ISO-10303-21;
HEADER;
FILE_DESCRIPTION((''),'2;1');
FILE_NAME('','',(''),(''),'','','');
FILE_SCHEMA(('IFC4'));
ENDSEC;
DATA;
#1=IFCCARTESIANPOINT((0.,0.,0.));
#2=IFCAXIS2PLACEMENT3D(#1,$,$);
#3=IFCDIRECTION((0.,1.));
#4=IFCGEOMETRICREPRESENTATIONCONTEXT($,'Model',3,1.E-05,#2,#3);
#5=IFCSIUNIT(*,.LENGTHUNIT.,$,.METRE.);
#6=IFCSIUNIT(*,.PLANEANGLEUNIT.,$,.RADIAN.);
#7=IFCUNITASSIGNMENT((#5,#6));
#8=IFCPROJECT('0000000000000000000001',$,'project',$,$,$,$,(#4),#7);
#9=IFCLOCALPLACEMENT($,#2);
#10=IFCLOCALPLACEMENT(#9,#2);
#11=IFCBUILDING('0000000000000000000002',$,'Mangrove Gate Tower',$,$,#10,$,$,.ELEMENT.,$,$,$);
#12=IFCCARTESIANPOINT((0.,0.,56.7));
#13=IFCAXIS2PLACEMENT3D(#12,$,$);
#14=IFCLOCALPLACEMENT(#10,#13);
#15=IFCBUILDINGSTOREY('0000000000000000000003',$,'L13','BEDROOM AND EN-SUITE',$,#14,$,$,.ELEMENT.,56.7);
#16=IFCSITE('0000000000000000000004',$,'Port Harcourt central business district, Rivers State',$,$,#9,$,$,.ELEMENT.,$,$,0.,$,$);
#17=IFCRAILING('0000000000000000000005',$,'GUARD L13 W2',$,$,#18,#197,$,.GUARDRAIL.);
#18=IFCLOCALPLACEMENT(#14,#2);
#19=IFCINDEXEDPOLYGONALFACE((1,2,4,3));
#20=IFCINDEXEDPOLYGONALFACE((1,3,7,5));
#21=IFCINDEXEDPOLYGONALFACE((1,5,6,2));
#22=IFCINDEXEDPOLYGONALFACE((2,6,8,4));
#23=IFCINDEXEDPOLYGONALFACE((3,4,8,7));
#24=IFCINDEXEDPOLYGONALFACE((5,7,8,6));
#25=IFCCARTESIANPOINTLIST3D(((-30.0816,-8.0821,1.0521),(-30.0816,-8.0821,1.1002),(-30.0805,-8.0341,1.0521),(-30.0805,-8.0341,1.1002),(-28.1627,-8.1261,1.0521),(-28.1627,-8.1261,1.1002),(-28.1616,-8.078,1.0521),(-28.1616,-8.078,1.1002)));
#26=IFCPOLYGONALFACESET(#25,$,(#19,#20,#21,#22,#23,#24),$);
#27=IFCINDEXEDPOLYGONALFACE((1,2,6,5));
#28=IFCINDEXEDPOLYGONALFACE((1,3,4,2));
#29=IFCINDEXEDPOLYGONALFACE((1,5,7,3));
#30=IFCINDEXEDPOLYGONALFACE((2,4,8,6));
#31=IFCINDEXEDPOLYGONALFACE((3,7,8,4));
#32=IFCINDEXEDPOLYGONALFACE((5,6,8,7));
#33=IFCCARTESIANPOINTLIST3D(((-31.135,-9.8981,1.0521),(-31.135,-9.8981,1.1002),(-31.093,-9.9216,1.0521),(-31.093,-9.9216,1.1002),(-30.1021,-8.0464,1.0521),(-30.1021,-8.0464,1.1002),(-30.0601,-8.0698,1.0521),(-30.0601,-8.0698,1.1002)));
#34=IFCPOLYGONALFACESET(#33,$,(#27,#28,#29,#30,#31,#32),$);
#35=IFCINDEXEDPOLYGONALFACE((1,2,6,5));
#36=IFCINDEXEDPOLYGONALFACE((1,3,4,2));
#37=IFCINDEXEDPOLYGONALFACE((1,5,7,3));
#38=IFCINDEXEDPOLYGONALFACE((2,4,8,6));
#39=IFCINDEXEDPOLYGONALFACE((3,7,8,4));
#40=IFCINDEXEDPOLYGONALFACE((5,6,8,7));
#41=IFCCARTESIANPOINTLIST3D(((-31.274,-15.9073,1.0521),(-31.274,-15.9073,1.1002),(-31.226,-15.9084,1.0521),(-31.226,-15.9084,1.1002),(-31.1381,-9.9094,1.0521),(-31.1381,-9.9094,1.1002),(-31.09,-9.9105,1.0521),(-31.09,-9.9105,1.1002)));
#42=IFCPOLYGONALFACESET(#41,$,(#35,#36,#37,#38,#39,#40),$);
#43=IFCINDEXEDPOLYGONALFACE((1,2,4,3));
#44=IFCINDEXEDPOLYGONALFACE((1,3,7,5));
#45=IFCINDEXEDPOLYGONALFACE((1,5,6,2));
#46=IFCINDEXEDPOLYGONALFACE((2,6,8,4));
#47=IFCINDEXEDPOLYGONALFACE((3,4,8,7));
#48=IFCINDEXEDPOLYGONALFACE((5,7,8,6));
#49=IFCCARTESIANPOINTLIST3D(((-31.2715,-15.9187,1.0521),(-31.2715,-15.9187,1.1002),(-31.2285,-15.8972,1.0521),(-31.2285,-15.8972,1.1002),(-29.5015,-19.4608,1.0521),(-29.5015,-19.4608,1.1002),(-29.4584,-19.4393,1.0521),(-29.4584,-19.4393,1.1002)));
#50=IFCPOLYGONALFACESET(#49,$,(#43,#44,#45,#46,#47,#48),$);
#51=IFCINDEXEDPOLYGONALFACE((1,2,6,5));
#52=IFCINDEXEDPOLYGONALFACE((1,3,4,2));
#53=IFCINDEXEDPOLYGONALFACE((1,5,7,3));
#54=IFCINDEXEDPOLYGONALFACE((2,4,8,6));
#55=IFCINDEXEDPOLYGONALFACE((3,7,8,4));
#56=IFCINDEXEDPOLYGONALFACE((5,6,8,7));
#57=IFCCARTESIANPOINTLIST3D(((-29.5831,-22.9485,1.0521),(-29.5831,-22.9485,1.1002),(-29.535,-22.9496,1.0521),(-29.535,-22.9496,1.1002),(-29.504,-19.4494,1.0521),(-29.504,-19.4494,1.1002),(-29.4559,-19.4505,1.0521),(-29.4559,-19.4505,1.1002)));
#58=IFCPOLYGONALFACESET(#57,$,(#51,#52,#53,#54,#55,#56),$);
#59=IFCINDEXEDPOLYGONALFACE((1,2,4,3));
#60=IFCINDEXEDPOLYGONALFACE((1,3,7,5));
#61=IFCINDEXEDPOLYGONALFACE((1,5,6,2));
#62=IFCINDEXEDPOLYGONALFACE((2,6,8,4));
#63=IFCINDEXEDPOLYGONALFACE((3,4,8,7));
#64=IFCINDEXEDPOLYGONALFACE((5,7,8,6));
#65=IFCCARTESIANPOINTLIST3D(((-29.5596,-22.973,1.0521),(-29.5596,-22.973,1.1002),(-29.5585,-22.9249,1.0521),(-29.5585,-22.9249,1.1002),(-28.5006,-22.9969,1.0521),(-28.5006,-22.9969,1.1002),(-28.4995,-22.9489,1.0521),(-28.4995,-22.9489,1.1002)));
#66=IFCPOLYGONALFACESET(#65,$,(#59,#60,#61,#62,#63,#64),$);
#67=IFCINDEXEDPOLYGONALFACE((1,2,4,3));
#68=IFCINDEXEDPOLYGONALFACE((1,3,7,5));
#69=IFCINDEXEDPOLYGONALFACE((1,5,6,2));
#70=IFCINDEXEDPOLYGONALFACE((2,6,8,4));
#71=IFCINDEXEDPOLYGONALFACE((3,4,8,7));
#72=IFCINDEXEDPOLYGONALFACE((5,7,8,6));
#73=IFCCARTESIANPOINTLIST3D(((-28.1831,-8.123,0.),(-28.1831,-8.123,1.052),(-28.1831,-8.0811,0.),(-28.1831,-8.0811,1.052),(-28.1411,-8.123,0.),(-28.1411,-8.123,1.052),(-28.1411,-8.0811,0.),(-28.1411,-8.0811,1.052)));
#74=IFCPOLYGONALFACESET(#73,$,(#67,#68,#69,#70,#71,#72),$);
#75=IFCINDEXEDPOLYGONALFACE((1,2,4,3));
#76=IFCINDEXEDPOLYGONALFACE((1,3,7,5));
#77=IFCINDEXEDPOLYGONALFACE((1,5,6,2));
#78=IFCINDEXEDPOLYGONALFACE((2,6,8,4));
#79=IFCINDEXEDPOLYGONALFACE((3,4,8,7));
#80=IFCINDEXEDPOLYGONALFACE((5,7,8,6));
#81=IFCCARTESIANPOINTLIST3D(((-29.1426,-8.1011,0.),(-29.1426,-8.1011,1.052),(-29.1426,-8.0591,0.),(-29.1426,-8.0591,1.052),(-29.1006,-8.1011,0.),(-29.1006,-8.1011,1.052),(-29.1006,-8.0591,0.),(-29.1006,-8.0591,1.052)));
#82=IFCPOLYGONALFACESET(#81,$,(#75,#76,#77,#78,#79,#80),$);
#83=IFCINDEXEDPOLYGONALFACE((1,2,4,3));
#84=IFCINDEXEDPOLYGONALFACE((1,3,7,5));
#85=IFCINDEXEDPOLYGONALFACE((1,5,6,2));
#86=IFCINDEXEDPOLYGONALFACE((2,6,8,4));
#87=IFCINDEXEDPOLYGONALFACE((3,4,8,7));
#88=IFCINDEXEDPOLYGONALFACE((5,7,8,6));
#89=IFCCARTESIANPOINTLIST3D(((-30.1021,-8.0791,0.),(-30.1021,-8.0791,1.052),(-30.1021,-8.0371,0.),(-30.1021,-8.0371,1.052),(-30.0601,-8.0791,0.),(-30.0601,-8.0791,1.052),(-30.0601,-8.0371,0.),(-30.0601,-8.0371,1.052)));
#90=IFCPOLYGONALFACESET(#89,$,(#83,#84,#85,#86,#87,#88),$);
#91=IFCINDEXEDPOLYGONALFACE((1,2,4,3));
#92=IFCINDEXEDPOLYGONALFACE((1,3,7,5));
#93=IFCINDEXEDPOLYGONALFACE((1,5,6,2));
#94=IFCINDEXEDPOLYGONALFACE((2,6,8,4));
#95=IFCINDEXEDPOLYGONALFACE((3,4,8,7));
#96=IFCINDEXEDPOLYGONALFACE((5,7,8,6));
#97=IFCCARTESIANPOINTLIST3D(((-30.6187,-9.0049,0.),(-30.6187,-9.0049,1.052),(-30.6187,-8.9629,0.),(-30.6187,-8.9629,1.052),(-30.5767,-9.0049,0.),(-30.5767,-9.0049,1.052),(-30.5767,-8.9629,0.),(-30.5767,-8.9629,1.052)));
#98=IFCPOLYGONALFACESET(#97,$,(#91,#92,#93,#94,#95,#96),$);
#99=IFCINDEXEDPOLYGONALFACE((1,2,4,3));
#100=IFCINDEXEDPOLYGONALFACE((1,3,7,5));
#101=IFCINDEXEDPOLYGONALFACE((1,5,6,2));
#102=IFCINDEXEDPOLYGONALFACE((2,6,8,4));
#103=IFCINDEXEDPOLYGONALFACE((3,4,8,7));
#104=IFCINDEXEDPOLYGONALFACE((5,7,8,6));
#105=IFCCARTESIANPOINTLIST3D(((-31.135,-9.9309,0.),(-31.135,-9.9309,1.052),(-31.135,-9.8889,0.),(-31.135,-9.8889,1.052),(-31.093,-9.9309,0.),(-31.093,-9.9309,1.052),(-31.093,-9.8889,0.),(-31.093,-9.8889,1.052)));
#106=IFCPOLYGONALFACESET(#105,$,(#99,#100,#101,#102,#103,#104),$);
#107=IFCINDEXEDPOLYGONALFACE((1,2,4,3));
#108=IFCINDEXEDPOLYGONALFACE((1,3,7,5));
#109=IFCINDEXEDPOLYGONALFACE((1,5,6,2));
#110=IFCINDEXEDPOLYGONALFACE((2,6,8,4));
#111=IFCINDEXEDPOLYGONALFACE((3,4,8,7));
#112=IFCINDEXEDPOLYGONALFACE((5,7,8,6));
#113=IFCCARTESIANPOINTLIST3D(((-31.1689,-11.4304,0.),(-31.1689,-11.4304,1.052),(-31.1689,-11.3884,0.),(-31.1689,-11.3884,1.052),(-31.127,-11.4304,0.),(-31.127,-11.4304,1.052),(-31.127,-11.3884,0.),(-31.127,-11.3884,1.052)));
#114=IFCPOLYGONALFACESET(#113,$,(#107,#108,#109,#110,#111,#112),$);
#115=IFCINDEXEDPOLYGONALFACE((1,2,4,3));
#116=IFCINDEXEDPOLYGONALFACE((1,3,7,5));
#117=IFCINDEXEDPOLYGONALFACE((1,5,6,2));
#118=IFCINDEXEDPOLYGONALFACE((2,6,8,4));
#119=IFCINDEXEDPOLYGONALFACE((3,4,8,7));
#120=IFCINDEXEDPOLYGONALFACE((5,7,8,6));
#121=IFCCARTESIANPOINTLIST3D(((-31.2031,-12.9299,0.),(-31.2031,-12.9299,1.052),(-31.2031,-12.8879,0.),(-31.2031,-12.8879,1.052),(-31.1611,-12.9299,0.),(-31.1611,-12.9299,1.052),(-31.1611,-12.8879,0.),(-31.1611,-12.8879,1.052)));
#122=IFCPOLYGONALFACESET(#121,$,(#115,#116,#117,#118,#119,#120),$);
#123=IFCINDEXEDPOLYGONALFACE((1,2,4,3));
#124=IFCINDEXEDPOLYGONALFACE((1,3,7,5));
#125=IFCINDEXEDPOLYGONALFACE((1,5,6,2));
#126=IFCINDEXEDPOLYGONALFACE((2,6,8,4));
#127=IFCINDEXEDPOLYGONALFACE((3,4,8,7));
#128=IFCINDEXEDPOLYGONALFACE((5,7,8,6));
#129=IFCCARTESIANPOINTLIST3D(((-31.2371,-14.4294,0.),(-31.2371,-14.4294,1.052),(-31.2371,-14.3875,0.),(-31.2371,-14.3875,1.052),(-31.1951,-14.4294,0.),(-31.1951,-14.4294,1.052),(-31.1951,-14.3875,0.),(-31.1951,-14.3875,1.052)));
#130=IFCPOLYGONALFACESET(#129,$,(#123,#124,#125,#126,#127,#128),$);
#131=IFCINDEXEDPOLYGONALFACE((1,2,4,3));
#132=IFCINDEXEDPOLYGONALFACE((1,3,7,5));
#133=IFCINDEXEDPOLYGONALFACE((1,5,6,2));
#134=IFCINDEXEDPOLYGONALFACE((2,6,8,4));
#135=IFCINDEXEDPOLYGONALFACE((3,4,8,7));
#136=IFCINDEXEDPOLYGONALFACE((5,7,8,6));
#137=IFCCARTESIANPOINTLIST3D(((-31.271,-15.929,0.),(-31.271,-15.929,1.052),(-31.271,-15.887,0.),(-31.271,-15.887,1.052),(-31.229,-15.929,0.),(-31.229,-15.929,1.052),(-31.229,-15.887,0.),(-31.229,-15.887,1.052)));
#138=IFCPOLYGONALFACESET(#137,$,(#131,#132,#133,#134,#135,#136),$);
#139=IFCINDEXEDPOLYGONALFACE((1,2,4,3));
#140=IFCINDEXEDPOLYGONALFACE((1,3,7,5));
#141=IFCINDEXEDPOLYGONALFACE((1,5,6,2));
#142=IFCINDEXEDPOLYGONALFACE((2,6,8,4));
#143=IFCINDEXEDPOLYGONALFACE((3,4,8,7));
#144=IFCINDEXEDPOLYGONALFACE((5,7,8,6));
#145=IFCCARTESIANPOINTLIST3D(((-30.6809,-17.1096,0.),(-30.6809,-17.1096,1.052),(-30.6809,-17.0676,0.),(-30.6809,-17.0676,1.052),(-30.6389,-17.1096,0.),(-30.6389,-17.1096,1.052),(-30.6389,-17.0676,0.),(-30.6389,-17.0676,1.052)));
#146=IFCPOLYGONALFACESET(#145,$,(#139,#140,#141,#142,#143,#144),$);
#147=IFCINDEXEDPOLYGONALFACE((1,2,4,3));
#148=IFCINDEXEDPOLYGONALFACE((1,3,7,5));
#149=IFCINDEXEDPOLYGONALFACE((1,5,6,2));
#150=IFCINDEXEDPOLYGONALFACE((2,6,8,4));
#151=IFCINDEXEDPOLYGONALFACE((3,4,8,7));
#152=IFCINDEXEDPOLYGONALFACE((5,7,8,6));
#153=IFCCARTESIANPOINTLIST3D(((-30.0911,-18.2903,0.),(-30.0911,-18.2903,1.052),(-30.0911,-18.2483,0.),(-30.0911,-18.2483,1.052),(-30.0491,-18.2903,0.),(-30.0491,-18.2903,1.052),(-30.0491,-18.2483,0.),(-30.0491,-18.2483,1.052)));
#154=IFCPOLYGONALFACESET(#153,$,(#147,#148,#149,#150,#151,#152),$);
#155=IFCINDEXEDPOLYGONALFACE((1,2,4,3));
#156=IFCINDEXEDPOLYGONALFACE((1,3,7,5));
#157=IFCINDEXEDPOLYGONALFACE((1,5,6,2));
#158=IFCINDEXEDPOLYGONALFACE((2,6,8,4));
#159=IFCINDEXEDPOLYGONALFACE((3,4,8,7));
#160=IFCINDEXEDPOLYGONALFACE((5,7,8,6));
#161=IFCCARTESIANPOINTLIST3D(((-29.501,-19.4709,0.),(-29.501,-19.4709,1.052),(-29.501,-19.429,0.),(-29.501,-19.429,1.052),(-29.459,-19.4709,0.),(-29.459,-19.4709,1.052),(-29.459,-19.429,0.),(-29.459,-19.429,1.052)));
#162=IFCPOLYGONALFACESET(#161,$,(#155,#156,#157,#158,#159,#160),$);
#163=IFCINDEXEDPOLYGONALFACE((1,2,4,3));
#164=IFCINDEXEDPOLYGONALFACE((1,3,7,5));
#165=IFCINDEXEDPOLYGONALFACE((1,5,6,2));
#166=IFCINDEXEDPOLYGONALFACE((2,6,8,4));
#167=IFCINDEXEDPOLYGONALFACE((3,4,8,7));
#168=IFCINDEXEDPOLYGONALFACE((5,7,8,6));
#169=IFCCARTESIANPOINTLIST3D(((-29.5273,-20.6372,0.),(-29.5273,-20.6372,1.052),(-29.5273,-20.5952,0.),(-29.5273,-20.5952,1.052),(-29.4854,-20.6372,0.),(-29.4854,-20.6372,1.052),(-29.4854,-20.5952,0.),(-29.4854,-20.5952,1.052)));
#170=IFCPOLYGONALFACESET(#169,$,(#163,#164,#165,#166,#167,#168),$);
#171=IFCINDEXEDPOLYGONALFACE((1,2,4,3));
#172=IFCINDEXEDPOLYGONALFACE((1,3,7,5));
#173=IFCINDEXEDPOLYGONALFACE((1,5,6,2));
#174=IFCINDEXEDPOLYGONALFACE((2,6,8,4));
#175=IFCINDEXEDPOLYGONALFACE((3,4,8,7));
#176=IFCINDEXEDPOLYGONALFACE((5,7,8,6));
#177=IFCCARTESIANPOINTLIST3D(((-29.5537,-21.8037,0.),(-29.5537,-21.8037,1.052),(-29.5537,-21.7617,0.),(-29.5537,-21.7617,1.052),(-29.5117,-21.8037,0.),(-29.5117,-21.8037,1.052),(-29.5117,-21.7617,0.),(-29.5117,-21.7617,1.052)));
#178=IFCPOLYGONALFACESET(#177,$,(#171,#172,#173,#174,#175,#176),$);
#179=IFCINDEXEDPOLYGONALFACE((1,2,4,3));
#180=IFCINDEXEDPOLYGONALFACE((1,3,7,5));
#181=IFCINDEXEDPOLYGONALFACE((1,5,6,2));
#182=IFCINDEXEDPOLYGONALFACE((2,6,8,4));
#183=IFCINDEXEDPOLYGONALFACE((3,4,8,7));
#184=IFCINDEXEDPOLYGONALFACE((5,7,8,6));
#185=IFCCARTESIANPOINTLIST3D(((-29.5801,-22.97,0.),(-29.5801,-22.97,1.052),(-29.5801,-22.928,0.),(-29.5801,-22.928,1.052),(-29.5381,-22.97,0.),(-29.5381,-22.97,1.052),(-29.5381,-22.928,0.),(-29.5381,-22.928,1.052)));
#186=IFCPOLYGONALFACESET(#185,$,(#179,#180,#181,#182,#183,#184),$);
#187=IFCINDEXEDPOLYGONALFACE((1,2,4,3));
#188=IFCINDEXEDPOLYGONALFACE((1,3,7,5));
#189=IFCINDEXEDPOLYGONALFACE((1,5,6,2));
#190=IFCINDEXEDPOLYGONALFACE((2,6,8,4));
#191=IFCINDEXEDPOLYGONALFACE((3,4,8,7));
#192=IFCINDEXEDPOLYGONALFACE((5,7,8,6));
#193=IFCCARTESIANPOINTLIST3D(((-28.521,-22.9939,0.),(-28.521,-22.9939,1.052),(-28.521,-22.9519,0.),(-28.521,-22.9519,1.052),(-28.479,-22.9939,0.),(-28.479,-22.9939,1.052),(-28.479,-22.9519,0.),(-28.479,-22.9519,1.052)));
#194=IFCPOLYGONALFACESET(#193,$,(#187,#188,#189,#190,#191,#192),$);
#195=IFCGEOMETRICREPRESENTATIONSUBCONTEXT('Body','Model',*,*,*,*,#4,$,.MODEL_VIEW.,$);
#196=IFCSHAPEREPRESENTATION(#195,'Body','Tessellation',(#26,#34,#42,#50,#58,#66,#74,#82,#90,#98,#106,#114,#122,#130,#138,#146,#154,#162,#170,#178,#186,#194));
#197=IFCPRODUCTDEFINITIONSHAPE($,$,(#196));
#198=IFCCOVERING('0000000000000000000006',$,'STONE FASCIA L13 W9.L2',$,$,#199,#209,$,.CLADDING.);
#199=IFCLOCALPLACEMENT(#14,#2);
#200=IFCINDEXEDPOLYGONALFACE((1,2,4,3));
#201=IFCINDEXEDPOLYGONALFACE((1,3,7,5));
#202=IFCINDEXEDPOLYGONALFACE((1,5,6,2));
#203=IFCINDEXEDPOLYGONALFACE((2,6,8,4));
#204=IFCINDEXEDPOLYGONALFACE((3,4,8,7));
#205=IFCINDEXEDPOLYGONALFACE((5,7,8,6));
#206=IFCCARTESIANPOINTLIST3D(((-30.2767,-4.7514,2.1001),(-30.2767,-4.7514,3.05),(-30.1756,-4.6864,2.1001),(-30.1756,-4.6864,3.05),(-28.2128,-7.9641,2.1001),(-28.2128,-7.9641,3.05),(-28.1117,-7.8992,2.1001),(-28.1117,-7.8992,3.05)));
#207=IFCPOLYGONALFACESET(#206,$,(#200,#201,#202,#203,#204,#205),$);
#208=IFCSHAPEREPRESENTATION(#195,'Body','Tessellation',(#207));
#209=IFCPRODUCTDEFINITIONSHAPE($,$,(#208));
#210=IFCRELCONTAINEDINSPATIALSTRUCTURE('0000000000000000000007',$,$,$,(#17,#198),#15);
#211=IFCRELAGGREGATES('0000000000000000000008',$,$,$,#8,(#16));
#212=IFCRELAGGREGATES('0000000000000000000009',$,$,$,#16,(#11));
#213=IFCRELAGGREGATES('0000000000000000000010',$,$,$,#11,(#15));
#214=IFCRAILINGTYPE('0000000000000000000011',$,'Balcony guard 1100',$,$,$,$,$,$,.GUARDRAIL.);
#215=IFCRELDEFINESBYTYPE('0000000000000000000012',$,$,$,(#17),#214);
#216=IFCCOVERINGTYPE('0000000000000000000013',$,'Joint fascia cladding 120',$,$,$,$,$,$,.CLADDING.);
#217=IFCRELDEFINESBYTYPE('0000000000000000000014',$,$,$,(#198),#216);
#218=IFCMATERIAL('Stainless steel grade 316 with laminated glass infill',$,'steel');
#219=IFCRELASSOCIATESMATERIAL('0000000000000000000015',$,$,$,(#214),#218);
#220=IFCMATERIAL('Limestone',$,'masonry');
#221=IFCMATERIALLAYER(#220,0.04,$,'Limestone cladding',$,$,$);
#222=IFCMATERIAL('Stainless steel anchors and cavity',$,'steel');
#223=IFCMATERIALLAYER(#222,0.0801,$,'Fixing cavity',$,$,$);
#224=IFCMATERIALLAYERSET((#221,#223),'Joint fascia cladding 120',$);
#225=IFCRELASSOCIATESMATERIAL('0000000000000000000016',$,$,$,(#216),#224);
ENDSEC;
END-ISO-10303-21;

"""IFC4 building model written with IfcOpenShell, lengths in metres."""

from ifc_helpers import new_model, si_unit, direction, frame, frame_2d, origin, origin_2d, place, context, subcontext, project, spatial, rectangle, extrude, material, layer, layer_set, type_object, element, save


model = new_model("IFC4")

# Units and contexts
model_context = context("Model", 3, precision=1e-05, world=origin(), true_north=direction((0.0, 1.0)))
body_context = subcontext(model_context, "Body", "Model", "MODEL_VIEW")
ifc_project = project(units=[si_unit("LENGTHUNIT", "METRE"), si_unit("PLANEANGLEUNIT", "RADIAN")], contexts=[model_context])

# Site, building, storey
site_placement = place(None, origin())
site = spatial("IfcSite", under=ifc_project, at=site_placement, Name="Port Harcourt central business district, Rivers State", CompositionType="ELEMENT", RefElevation=0.0)
building_placement = place(site_placement, origin())
building = spatial("IfcBuilding", under=site, at=building_placement, Name="Mangrove Gate Tower", CompositionType="ELEMENT")
storey_placement = place(building_placement, frame((0.0, 0.0, 56.7)))
storey = spatial("IfcBuildingStorey", under=building, at=storey_placement, Name="L13", Description="BEDROOM AND EN-SUITE", CompositionType="ELEMENT", Elevation=56.7)

# Shared definitions
ifc_material_1 = material(Name="Limestone", Category="masonry")

# Railing
ifc_material_2 = material(Name="Stainless steel grade 316 with laminated glass infill", Category="steel")
railing_type = type_object("IfcRailingType", Name="Balcony guard 1100", PredefinedType="GUARDRAIL", material=ifc_material_2)
railing_placement = place(storey_placement, frame((-28.1621, -8.1021, 0.0)))
element("IfcRailing", 1, at=railing_placement, inside=storey, type_object=railing_type, Name="GUARD L13 W2", PredefinedType="GUARDRAIL", context=body_context, shape_type="SweptSolid", body=[
    extrude(rectangle(XDim=0.0481, YDim=0.0481, at=origin_2d()), frame((0.0, 0.0, 1.0762), z_axis=(-0.999738, 0.022895, 0.0), x_axis=(-0.022895, -0.999738, 0.0)), (0.0, 0.0, 1.0), 1.9194),
    extrude(rectangle(XDim=0.0481, YDim=0.0481, at=origin_2d()), frame((-1.9189, 0.0439, 1.0762), z_axis=(-0.487148, -0.87332, 0.0), x_axis=(0.87332, -0.487148, 0.0)), (0.0, 0.0, 1.0), 2.1204),
    extrude(rectangle(XDim=0.0481, YDim=0.0481, at=origin_2d()), frame((-2.9519, -1.8079, 1.0762), z_axis=(-0.022666, -0.999743, 0.0), x_axis=(0.999743, -0.022666, 0.0)), (0.0, 0.0, 1.0), 5.9995),
    extrude(rectangle(XDim=0.0481, YDim=0.0481, at=origin_2d()), frame((-3.0879, -7.8059, 1.0762), z_axis=(0.447016, -0.894526, 0.0), x_axis=(0.894526, 0.447016, 0.0)), (0.0, 0.0, 1.0), 3.9597),
    extrude(rectangle(XDim=0.0481, YDim=0.0481, at=origin_2d()), frame((-1.3179, -11.3479, 1.0762), z_axis=(-0.022601, -0.999745, 0.0), x_axis=(0.999745, -0.022601, 0.0)), (0.0, 0.0, 1.0), 3.5),
    extrude(rectangle(XDim=0.0481, YDim=0.0481, at=origin_2d()), frame((-1.397, -14.8469, 1.0762), z_axis=(0.999745, -0.022585, 0.0), x_axis=(0.022585, 0.999745, 0.0)), (0.0, 0.0, 1.0), 1.0593),
    extrude(rectangle(XDim=0.042, YDim=0.042, at=origin_2d()), origin(), (0.0, 0.0, 1.0), 1.052),
    extrude(rectangle(XDim=0.042, YDim=0.042, at=origin_2d()), frame((-0.9595, 0.022, 0.0)), (0.0, 0.0, 1.0), 1.052),
    extrude(rectangle(XDim=0.042, YDim=0.042, at=origin_2d()), frame((-1.9189, 0.0439, 0.0)), (0.0, 0.0, 1.0), 1.052),
    extrude(rectangle(XDim=0.042, YDim=0.042, at=origin_2d()), frame((-2.4355, -0.8818, 0.0)), (0.0, 0.0, 1.0), 1.052),
    extrude(rectangle(XDim=0.042, YDim=0.042, at=origin_2d()), frame((-2.9519, -1.8079, 0.0)), (0.0, 0.0, 1.0), 1.052),
    extrude(rectangle(XDim=0.042, YDim=0.042, at=origin_2d()), frame((-2.9858, -3.3074, 0.0)), (0.0, 0.0, 1.0), 1.052),
    extrude(rectangle(XDim=0.042, YDim=0.042, at=origin_2d()), frame((-3.02, -4.8069, 0.0)), (0.0, 0.0, 1.0), 1.052),
    extrude(rectangle(XDim=0.042, YDim=0.042, at=origin_2d()), frame((-3.054, -6.3064, 0.0)), (0.0, 0.0, 1.0), 1.052),
    extrude(rectangle(XDim=0.042, YDim=0.042, at=origin_2d()), frame((-3.0879, -7.8059, 0.0)), (0.0, 0.0, 1.0), 1.052),
    extrude(rectangle(XDim=0.042, YDim=0.042, at=origin_2d()), frame((-2.4978, -8.9866, 0.0)), (0.0, 0.0, 1.0), 1.052),
    extrude(rectangle(XDim=0.042, YDim=0.042, at=origin_2d()), frame((-1.908, -10.1672, 0.0)), (0.0, 0.0, 1.0), 1.052),
    extrude(rectangle(XDim=0.042, YDim=0.042, at=origin_2d()), frame((-1.3179, -11.3479, 0.0)), (0.0, 0.0, 1.0), 1.052),
    extrude(rectangle(XDim=0.042, YDim=0.042, at=origin_2d()), frame((-1.3442, -12.5142, 0.0)), (0.0, 0.0, 1.0), 1.052),
    extrude(rectangle(XDim=0.042, YDim=0.042, at=origin_2d()), frame((-1.3706, -13.6807, 0.0)), (0.0, 0.0, 1.0), 1.052),
    extrude(rectangle(XDim=0.042, YDim=0.042, at=origin_2d()), frame((-1.397, -14.8469, 0.0)), (0.0, 0.0, 1.0), 1.052),
    extrude(rectangle(XDim=0.042, YDim=0.042, at=origin_2d()), frame((-0.3379, -14.8708, 0.0)), (0.0, 0.0, 1.0), 1.052),
])

# Covering
ifc_layer_1 = layer(ifc_material_1, 0.04, Name="Limestone cladding")
ifc_material_3 = material(Name="Stainless steel anchors and cavity", Category="steel")
ifc_layer_2 = layer(ifc_material_3, 0.0801, Name="Fixing cavity")
ifc_layer_set_1 = layer_set([ifc_layer_1, ifc_layer_2], Name="Joint fascia cladding 120")
covering_type = type_object("IfcCoveringType", Name="Joint fascia cladding 120", PredefinedType="CLADDING", material=ifc_layer_set_1)
covering_placement = place(storey_placement, frame((-30.2261, -4.719, 2.1001), z_axis=(0.0, 0.0, 1.0), x_axis=(0.540486, -0.841353, 0.0)))
element("IfcCovering", 2, at=covering_placement, inside=storey, type_object=covering_type, Name="STONE FASCIA L13 W9.L2", PredefinedType="CLADDING", context=body_context, shape_type="SweptSolid", body=[
    extrude(rectangle(XDim=3.8186, YDim=0.1201, at=frame_2d((1.9092, 0.0))), origin(), (0.0, 0.0, 1.0), 0.95),
])

save(model, "model.ifc")
